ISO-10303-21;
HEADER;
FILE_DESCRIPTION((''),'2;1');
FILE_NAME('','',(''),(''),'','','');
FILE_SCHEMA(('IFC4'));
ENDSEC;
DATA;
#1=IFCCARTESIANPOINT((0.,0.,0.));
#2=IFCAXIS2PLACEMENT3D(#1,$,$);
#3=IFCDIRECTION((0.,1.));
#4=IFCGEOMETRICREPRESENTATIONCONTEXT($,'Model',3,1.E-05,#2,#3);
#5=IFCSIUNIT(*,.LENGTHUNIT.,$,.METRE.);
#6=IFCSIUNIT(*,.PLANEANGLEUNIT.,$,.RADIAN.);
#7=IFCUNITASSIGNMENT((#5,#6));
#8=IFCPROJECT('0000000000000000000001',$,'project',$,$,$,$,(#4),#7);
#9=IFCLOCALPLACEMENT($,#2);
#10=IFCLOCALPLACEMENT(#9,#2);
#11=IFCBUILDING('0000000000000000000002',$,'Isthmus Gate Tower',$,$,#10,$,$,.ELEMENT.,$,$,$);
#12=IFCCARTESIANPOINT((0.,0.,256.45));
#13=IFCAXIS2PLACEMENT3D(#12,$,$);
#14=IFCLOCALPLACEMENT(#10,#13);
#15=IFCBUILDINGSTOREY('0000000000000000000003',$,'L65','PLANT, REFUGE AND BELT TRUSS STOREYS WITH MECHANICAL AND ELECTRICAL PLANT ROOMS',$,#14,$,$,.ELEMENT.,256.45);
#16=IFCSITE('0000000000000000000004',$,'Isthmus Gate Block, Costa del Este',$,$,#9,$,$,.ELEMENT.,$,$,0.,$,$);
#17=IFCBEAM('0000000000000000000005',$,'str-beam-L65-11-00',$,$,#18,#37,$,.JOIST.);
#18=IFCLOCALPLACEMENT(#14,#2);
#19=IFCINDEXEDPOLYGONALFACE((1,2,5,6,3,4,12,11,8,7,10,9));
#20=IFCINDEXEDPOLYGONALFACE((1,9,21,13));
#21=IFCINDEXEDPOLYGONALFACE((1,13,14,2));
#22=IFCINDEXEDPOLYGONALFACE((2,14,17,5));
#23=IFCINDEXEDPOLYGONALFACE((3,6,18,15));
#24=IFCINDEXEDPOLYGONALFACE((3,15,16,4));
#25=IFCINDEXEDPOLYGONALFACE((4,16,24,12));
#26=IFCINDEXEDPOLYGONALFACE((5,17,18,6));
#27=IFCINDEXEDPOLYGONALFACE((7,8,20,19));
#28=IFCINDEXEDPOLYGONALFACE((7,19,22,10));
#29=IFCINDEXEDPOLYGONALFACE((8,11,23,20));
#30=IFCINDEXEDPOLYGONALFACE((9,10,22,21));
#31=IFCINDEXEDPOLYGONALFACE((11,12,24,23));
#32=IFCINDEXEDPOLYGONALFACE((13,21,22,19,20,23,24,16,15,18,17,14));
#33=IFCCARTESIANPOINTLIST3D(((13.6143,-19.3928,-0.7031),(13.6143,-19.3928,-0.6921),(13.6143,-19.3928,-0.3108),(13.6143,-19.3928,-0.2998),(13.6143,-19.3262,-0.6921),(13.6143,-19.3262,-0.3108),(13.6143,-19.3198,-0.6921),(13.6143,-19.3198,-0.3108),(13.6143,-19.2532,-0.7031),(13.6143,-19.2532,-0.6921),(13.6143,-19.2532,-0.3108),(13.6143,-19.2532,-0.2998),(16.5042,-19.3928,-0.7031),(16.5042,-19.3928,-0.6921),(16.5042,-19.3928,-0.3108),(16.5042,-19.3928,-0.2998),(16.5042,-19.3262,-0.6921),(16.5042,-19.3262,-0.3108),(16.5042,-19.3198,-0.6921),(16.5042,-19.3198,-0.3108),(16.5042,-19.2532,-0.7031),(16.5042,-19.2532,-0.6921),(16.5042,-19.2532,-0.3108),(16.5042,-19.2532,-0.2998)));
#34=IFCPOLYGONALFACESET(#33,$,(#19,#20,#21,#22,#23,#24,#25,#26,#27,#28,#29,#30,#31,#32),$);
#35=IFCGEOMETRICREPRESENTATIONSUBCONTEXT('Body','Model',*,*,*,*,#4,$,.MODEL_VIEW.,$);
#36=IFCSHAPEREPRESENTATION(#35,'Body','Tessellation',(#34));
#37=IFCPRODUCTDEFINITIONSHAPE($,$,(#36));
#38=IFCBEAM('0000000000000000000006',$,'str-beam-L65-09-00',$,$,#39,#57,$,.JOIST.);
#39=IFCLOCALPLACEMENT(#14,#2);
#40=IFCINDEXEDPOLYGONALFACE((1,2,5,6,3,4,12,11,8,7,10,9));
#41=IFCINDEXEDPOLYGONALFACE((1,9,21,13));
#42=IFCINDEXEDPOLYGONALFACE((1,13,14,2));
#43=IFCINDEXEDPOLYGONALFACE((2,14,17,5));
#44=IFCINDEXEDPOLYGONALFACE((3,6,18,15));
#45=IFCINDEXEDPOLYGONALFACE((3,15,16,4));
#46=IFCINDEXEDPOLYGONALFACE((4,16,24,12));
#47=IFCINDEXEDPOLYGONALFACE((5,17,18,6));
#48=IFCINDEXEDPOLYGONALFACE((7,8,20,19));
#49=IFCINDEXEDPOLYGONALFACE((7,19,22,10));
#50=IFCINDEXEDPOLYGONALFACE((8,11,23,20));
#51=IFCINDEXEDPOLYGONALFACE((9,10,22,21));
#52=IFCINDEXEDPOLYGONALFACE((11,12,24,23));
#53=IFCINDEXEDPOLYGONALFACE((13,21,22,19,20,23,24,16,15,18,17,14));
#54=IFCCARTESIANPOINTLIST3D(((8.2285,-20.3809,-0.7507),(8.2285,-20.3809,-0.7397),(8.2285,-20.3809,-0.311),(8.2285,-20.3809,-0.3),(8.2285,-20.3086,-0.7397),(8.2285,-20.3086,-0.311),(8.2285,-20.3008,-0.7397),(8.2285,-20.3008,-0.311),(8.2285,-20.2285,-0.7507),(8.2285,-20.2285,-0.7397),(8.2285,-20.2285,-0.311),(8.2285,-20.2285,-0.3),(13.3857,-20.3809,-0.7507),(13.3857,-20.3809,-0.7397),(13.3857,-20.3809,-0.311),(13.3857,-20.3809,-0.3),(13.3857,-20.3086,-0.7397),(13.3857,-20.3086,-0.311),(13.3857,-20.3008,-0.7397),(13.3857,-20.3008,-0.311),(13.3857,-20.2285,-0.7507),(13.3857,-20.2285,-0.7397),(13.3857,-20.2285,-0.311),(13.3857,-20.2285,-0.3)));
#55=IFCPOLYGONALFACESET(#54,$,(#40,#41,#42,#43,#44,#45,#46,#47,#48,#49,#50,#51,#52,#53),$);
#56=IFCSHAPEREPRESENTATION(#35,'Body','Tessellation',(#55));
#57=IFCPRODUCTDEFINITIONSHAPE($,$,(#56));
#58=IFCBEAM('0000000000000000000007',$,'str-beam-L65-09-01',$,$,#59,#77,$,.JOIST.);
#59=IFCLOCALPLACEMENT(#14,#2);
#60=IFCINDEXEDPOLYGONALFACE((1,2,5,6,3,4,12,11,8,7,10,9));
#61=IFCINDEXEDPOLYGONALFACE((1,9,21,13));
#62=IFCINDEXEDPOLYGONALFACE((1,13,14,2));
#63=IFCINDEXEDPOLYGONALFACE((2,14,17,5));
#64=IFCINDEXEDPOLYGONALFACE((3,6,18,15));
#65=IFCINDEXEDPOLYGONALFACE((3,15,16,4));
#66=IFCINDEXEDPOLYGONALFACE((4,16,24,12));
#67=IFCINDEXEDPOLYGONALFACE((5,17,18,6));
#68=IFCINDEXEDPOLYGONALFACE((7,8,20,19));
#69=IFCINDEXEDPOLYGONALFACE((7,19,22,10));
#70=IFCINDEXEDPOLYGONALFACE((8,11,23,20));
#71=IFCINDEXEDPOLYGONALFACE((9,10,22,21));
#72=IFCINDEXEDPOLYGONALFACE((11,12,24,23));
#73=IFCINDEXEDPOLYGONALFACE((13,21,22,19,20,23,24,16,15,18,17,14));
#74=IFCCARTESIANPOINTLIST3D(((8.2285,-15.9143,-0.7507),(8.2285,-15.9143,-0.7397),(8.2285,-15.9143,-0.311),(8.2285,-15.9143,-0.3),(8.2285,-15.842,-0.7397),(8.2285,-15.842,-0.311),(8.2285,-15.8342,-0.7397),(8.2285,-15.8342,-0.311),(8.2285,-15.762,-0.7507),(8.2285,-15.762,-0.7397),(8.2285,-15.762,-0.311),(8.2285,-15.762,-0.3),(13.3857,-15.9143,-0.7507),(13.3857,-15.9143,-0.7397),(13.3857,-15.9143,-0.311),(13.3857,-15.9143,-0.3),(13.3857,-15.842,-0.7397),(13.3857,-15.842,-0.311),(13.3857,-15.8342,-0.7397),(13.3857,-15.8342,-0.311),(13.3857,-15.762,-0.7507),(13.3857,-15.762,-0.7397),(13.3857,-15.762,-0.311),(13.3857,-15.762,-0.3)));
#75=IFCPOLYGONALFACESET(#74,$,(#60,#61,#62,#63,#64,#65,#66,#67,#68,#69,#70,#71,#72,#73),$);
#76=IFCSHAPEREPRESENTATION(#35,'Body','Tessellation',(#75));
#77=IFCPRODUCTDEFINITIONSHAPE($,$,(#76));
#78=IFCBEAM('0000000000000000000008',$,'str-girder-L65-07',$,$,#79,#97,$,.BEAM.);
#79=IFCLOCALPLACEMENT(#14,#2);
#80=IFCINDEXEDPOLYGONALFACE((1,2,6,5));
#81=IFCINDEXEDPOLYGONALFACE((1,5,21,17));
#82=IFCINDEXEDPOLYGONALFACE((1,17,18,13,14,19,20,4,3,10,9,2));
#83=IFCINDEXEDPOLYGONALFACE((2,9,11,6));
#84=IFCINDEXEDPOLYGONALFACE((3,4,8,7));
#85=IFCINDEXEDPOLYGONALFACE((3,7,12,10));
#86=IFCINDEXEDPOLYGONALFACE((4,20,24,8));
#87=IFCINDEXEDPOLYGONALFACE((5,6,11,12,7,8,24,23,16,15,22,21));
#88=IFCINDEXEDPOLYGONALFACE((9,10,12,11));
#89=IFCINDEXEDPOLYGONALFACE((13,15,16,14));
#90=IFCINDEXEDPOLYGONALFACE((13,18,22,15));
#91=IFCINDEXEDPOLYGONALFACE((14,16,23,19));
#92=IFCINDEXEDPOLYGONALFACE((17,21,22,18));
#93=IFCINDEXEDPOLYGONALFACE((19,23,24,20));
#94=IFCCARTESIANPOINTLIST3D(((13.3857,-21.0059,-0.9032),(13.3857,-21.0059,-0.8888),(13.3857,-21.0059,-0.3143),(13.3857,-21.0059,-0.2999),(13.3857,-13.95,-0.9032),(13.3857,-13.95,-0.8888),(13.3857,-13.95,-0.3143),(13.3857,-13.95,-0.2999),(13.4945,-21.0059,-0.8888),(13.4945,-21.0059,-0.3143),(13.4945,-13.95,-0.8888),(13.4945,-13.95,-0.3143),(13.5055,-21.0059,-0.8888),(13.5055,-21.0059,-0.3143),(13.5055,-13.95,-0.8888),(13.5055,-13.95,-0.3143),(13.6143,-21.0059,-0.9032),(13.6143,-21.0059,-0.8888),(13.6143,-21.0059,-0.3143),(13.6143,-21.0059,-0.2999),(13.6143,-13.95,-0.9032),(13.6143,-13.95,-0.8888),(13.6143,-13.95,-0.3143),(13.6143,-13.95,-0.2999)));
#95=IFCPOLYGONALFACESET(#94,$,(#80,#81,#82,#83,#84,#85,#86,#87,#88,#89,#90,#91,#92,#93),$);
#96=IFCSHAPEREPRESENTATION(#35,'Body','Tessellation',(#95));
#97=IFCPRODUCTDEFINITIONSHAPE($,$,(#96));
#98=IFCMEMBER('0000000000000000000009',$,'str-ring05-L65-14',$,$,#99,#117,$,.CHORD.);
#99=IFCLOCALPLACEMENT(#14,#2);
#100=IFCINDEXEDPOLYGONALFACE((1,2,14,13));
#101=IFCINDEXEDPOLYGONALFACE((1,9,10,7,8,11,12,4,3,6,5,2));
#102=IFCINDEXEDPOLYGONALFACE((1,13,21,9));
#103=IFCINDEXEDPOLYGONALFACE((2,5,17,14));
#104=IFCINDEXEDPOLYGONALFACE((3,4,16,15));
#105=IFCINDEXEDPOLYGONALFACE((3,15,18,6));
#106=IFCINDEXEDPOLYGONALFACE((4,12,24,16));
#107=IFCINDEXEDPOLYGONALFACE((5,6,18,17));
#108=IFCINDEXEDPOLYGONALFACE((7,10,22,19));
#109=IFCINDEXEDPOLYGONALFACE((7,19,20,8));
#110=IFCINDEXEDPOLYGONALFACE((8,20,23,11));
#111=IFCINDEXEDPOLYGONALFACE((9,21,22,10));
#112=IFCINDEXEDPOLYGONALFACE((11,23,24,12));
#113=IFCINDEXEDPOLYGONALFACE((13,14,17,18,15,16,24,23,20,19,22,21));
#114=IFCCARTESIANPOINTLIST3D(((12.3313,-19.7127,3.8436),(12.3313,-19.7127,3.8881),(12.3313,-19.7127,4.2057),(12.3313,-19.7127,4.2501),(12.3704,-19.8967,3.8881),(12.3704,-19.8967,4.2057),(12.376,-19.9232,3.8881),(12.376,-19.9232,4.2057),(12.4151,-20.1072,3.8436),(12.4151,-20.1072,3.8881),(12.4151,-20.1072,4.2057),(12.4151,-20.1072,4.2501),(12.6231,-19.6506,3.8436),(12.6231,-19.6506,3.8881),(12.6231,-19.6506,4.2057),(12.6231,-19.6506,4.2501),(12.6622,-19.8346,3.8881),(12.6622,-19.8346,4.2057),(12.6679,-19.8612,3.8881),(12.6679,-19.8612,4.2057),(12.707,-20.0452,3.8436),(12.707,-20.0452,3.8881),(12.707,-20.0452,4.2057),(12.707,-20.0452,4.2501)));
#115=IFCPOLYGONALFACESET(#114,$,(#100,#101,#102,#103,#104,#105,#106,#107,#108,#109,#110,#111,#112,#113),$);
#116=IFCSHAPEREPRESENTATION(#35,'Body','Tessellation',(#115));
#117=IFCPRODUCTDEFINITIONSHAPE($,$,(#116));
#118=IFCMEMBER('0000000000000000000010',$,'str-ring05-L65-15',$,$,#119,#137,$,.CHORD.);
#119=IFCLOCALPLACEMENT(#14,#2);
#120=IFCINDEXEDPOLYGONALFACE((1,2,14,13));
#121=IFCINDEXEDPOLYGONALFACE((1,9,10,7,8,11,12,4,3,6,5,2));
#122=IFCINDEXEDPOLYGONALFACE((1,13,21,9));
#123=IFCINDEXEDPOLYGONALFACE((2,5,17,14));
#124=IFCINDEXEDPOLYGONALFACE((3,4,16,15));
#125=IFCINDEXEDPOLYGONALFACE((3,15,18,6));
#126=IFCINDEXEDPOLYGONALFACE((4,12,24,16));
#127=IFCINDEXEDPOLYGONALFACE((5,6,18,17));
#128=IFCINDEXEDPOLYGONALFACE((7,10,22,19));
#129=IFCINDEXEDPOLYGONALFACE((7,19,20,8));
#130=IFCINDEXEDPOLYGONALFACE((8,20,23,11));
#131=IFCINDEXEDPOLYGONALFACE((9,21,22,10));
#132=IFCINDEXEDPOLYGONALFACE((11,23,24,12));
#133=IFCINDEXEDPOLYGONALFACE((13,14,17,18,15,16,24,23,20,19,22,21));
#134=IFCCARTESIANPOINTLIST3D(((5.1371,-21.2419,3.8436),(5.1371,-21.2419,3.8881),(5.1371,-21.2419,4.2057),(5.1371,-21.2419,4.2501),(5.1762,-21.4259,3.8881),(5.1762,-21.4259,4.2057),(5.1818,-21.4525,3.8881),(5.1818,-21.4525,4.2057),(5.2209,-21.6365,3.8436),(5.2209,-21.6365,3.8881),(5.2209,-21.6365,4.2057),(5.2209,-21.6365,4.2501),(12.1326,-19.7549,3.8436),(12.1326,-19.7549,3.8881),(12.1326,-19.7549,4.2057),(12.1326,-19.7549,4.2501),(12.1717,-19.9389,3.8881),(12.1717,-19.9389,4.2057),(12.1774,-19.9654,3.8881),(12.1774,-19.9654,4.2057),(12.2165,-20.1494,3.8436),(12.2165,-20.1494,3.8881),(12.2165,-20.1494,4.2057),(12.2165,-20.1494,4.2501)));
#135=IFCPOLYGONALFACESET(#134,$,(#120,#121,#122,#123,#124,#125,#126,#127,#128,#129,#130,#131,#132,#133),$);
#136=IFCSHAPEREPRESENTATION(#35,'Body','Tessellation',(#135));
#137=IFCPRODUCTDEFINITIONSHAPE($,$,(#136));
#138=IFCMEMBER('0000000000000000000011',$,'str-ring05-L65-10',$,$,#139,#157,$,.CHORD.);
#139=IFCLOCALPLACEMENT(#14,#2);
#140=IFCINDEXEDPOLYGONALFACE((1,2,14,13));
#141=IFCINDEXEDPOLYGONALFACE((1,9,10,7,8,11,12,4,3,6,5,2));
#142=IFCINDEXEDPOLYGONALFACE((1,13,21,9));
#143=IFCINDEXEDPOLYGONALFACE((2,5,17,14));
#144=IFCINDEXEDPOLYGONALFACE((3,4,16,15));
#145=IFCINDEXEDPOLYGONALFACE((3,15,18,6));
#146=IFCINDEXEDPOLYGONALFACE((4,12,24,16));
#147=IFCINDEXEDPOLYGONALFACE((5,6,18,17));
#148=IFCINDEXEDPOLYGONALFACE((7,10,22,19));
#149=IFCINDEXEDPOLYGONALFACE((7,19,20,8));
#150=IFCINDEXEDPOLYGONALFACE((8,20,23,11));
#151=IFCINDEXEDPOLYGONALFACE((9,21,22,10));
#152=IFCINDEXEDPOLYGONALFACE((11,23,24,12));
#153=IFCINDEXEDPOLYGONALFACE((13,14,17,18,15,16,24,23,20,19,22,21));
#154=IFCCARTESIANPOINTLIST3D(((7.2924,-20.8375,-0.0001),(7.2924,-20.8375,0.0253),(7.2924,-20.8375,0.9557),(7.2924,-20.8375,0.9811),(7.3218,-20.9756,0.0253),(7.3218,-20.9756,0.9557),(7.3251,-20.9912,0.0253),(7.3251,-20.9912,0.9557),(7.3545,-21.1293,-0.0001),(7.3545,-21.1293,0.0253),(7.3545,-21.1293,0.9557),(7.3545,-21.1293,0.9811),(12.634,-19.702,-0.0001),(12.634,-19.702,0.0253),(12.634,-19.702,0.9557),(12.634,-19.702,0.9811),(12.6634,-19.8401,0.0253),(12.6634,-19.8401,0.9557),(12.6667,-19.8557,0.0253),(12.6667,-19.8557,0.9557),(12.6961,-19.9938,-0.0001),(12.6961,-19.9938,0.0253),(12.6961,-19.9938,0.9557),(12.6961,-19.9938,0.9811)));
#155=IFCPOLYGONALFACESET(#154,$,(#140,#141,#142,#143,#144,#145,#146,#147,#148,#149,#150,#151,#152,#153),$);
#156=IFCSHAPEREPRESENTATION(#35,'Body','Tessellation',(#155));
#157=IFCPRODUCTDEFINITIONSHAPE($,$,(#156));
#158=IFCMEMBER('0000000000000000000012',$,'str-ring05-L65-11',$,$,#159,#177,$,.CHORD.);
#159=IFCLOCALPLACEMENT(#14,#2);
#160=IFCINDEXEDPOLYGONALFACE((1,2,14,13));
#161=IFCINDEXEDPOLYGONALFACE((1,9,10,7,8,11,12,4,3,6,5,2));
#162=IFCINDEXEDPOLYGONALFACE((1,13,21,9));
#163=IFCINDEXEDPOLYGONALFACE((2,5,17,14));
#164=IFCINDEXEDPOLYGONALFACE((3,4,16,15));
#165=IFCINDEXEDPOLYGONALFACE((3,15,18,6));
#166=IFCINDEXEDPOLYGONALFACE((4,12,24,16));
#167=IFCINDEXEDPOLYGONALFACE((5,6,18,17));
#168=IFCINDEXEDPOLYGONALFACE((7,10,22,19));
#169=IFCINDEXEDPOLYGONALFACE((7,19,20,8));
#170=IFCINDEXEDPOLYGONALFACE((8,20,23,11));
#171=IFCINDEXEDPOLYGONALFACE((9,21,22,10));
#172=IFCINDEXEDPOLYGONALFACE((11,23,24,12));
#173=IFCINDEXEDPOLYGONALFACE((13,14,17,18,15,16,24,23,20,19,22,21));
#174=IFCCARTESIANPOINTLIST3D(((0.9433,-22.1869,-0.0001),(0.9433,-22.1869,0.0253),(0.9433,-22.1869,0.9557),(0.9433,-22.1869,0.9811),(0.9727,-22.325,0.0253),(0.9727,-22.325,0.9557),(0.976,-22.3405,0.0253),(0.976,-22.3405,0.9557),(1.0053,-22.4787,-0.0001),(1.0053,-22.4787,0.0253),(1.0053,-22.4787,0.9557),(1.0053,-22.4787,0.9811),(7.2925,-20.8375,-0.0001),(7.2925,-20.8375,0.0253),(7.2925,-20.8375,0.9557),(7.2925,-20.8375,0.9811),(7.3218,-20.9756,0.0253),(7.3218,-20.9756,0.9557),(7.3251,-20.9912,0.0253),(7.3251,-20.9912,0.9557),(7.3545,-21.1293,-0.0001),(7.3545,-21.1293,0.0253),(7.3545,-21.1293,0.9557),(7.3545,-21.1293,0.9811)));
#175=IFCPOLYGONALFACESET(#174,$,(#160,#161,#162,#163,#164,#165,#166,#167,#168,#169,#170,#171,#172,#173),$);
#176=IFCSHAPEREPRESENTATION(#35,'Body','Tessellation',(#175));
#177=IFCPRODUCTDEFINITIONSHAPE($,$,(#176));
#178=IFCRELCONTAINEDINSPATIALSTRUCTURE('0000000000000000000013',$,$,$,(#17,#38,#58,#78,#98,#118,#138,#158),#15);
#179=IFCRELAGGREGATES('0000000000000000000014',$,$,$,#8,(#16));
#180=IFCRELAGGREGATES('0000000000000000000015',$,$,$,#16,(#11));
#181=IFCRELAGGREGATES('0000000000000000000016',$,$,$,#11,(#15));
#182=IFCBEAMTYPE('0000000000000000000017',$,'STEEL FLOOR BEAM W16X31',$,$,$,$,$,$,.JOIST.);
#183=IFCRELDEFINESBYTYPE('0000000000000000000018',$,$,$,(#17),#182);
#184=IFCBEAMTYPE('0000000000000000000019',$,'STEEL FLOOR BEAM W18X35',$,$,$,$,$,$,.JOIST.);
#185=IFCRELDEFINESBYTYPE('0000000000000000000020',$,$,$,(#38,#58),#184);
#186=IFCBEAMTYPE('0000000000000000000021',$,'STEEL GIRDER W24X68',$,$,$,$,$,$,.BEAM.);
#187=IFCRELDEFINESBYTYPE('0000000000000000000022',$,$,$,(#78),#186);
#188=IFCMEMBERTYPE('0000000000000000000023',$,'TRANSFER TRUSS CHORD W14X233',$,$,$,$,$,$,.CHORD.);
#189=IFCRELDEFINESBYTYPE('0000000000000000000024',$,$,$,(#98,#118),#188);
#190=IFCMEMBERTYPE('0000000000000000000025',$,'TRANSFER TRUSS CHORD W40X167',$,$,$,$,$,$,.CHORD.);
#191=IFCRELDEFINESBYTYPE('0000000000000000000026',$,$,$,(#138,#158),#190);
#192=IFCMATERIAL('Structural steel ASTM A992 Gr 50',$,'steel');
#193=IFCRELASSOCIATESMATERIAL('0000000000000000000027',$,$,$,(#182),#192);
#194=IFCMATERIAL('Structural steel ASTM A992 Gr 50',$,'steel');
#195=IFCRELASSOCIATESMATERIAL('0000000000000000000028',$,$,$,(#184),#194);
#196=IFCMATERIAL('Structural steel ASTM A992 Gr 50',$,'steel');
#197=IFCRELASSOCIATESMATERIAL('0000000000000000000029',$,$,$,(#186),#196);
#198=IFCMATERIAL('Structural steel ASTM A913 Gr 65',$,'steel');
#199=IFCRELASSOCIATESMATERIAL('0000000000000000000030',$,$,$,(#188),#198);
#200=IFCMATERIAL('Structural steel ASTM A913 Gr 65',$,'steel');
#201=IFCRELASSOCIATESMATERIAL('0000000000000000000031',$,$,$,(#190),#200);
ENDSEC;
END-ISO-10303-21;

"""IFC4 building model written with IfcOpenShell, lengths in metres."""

from ifc_helpers import new_model, si_unit, direction, frame, origin, origin_2d, place, context, subcontext, project, spatial, i_section, extrude, material, material_profile, profile_set, type_object, element, save


model = new_model("IFC4")

# Units and contexts
model_context = context("Model", 3, precision=1e-05, world=origin(), true_north=direction((0.0, 1.0)))
body_context = subcontext(model_context, "Body", "Model", "MODEL_VIEW")
ifc_project = project(units=[si_unit("LENGTHUNIT", "METRE"), si_unit("PLANEANGLEUNIT", "RADIAN")], contexts=[model_context])

# Site, building, storey
site_placement = place(None, origin())
site = spatial("IfcSite", under=ifc_project, at=site_placement, Name="Isthmus Gate Block, Costa del Este", CompositionType="ELEMENT", RefElevation=0.0)
building_placement = place(site_placement, origin())
building = spatial("IfcBuilding", under=site, at=building_placement, Name="Isthmus Gate Tower", CompositionType="ELEMENT")
storey_placement = place(building_placement, frame((0.0, 0.0, 256.45)))
storey = spatial("IfcBuildingStorey", under=building, at=storey_placement, Name="L65", Description="PLANT, REFUGE AND BELT TRUSS STOREYS WITH MECHANICAL AND ELECTRICAL PLANT ROOMS", CompositionType="ELEMENT", Elevation=256.45)

# Beams
ifc_material_1 = material(Name="Structural steel ASTM A992 Gr 50", Category="steel")
ifc_material_profile_1 = material_profile(ifc_material_1, i_section(OverallWidth=0.1396, OverallDepth=0.4033, WebThickness=0.0063, FlangeThickness=0.011, at=origin_2d()), Name="W16X31")
ifc_profile_set_1 = profile_set([ifc_material_profile_1], Name="Structural steel ASTM A992 Gr 50")
beam_type_1 = type_object("IfcBeamType", Name="STEEL FLOOR BEAM W16X31", PredefinedType="JOIST", material=ifc_profile_set_1)
beam_1_placement = place(storey_placement, frame((13.6143, -19.323, -0.5015), z_axis=(1.0, 0.0, 0.0), x_axis=(0.0, 1.0, 0.0)))
element("IfcBeam", 1, at=beam_1_placement, inside=storey, type_object=beam_type_1, Name="str-beam-L65-11-00", PredefinedType="JOIST", context=body_context, shape_type="SweptSolid", body=[
    extrude(i_section(OverallWidth=0.1396, OverallDepth=0.4033, WebThickness=0.0063, FlangeThickness=0.011, at=origin_2d()), origin(), (0.0, 0.0, 1.0), 2.8899),
])
ifc_material_2 = material(Name="Structural steel ASTM A992 Gr 50", Category="steel")
ifc_material_profile_2 = material_profile(ifc_material_2, i_section(OverallWidth=0.1523, OverallDepth=0.4507, WebThickness=0.0078, FlangeThickness=0.011, at=origin_2d()), Name="W18X35")
ifc_profile_set_2 = profile_set([ifc_material_profile_2], Name="Structural steel ASTM A992 Gr 50")
beam_type_2 = type_object("IfcBeamType", Name="STEEL FLOOR BEAM W18X35", PredefinedType="JOIST", material=ifc_profile_set_2)
for number, where, z_axis, x_axis, name in (
    (2, (8.2285, -20.3047, -0.5254), (1.0, 0.0, 0.0), (0.0, 1.0, 0.0), "str-beam-L65-09-00"),
    (3, (8.2285, -15.8381, -0.5254), (1.0, 0.0, 0.0), (0.0, 1.0, 0.0), "str-beam-L65-09-01"),
):
    element("IfcBeam", number, at=place(storey_placement, frame(where, z_axis=z_axis, x_axis=x_axis)), inside=storey, type_object=beam_type_2, Name=name, PredefinedType="JOIST", context=body_context, shape_type="SweptSolid", body=[
        extrude(i_section(OverallWidth=0.1523, OverallDepth=0.4507, WebThickness=0.0078, FlangeThickness=0.011, at=origin_2d()), origin(), (0.0, 0.0, 1.0), 5.1572),
    ])
ifc_material_3 = material(Name="Structural steel ASTM A992 Gr 50", Category="steel")
ifc_material_profile_3 = material_profile(ifc_material_3, i_section(OverallWidth=0.2285, OverallDepth=0.6033, WebThickness=0.011, FlangeThickness=0.0144, at=origin_2d()), Name="W24X68")
ifc_profile_set_3 = profile_set([ifc_material_profile_3], Name="Structural steel ASTM A992 Gr 50")
beam_type_3 = type_object("IfcBeamType", Name="STEEL GIRDER W24X68", PredefinedType="BEAM", material=ifc_profile_set_3)
beam_2_placement = place(storey_placement, frame((13.5, -21.0059, -0.6016), z_axis=(0.0, 1.0, 0.0), x_axis=(-1.0, 0.0, 0.0)))
element("IfcBeam", 4, at=beam_2_placement, inside=storey, type_object=beam_type_3, Name="str-girder-L65-07", PredefinedType="BEAM", context=body_context, shape_type="SweptSolid", body=[
    extrude(i_section(OverallWidth=0.2285, OverallDepth=0.6033, WebThickness=0.011, FlangeThickness=0.0144, at=origin_2d()), origin(), (0.0, 0.0, 1.0), 7.0559),
])

# Members
ifc_material_4 = material(Name="Structural steel ASTM A913 Gr 65", Category="steel")
ifc_material_profile_4 = material_profile(ifc_material_4, i_section(OverallWidth=0.4033, OverallDepth=0.4065, WebThickness=0.0271, FlangeThickness=0.0444, at=origin_2d()), Name="W14X233")
ifc_profile_set_4 = profile_set([ifc_material_profile_4], Name="Structural steel ASTM A913 Gr 65")
member_type_1 = type_object("IfcMemberType", Name="TRANSFER TRUSS CHORD W14X233", PredefinedType="CHORD", material=ifc_profile_set_4)
member_1_placement = place(storey_placement, frame((12.665, -19.8479, 4.0469), z_axis=(-0.978148, -0.207908, 0.0), x_axis=(0.207908, -0.978148, 0.0)))
element("IfcMember", 5, at=member_1_placement, inside=storey, type_object=member_type_1, Name="str-ring05-L65-14", PredefinedType="CHORD", context=body_context, shape_type="SweptSolid", body=[
    extrude(i_section(OverallWidth=0.4033, OverallDepth=0.4065, WebThickness=0.0271, FlangeThickness=0.0444, at=origin_2d()), origin(), (0.0, 0.0, 1.0), 0.2983),
])
member_2_placement = place(storey_placement, frame((12.1746, -19.9521, 4.0469), z_axis=(-0.978145, -0.207925, 0.0), x_axis=(0.207925, -0.978145, 0.0)))
element("IfcMember", 6, at=member_2_placement, inside=storey, type_object=member_type_1, Name="str-ring05-L65-15", PredefinedType="CHORD", context=body_context, shape_type="SweptSolid", body=[
    extrude(i_section(OverallWidth=0.4033, OverallDepth=0.4065, WebThickness=0.0271, FlangeThickness=0.0444, at=origin_2d()), origin(), (0.0, 0.0, 1.0), 7.1519),
])
ifc_material_5 = material(Name="Structural steel ASTM A913 Gr 65", Category="steel")
ifc_material_profile_5 = material_profile(ifc_material_5, i_section(OverallWidth=0.2983, OverallDepth=0.9812, WebThickness=0.0159, FlangeThickness=0.0254, at=origin_2d()), Name="W40X167")
ifc_profile_set_5 = profile_set([ifc_material_profile_5], Name="Structural steel ASTM A913 Gr 65")
member_type_2 = type_object("IfcMemberType", Name="TRANSFER TRUSS CHORD W40X167", PredefinedType="CHORD", material=ifc_profile_set_5)
member_3_placement = place(storey_placement, frame((12.665, -19.8479, 0.4905), z_axis=(-0.978143, -0.207932, 0.0), x_axis=(0.207932, -0.978143, 0.0)))
element("IfcMember", 7, at=member_3_placement, inside=storey, type_object=member_type_2, Name="str-ring05-L65-10", PredefinedType="CHORD", context=body_context, shape_type="SweptSolid", body=[
    extrude(i_section(OverallWidth=0.2983, OverallDepth=0.9812, WebThickness=0.0159, FlangeThickness=0.0254, at=origin_2d()), origin(), (0.0, 0.0, 1.0), 5.4609),
])
member_4_placement = place(storey_placement, frame((7.3235, -20.9834, 0.4905), z_axis=(-0.978153, -0.207885, 0.0), x_axis=(0.207885, -0.978153, 0.0)))
element("IfcMember", 8, at=member_4_placement, inside=storey, type_object=member_type_2, Name="str-ring05-L65-11", PredefinedType="CHORD", context=body_context, shape_type="SweptSolid", body=[
    extrude(i_section(OverallWidth=0.2983, OverallDepth=0.9812, WebThickness=0.0159, FlangeThickness=0.0254, at=origin_2d()), origin(), (0.0, 0.0, 1.0), 6.491),
])

save(model, "model.ifc")
